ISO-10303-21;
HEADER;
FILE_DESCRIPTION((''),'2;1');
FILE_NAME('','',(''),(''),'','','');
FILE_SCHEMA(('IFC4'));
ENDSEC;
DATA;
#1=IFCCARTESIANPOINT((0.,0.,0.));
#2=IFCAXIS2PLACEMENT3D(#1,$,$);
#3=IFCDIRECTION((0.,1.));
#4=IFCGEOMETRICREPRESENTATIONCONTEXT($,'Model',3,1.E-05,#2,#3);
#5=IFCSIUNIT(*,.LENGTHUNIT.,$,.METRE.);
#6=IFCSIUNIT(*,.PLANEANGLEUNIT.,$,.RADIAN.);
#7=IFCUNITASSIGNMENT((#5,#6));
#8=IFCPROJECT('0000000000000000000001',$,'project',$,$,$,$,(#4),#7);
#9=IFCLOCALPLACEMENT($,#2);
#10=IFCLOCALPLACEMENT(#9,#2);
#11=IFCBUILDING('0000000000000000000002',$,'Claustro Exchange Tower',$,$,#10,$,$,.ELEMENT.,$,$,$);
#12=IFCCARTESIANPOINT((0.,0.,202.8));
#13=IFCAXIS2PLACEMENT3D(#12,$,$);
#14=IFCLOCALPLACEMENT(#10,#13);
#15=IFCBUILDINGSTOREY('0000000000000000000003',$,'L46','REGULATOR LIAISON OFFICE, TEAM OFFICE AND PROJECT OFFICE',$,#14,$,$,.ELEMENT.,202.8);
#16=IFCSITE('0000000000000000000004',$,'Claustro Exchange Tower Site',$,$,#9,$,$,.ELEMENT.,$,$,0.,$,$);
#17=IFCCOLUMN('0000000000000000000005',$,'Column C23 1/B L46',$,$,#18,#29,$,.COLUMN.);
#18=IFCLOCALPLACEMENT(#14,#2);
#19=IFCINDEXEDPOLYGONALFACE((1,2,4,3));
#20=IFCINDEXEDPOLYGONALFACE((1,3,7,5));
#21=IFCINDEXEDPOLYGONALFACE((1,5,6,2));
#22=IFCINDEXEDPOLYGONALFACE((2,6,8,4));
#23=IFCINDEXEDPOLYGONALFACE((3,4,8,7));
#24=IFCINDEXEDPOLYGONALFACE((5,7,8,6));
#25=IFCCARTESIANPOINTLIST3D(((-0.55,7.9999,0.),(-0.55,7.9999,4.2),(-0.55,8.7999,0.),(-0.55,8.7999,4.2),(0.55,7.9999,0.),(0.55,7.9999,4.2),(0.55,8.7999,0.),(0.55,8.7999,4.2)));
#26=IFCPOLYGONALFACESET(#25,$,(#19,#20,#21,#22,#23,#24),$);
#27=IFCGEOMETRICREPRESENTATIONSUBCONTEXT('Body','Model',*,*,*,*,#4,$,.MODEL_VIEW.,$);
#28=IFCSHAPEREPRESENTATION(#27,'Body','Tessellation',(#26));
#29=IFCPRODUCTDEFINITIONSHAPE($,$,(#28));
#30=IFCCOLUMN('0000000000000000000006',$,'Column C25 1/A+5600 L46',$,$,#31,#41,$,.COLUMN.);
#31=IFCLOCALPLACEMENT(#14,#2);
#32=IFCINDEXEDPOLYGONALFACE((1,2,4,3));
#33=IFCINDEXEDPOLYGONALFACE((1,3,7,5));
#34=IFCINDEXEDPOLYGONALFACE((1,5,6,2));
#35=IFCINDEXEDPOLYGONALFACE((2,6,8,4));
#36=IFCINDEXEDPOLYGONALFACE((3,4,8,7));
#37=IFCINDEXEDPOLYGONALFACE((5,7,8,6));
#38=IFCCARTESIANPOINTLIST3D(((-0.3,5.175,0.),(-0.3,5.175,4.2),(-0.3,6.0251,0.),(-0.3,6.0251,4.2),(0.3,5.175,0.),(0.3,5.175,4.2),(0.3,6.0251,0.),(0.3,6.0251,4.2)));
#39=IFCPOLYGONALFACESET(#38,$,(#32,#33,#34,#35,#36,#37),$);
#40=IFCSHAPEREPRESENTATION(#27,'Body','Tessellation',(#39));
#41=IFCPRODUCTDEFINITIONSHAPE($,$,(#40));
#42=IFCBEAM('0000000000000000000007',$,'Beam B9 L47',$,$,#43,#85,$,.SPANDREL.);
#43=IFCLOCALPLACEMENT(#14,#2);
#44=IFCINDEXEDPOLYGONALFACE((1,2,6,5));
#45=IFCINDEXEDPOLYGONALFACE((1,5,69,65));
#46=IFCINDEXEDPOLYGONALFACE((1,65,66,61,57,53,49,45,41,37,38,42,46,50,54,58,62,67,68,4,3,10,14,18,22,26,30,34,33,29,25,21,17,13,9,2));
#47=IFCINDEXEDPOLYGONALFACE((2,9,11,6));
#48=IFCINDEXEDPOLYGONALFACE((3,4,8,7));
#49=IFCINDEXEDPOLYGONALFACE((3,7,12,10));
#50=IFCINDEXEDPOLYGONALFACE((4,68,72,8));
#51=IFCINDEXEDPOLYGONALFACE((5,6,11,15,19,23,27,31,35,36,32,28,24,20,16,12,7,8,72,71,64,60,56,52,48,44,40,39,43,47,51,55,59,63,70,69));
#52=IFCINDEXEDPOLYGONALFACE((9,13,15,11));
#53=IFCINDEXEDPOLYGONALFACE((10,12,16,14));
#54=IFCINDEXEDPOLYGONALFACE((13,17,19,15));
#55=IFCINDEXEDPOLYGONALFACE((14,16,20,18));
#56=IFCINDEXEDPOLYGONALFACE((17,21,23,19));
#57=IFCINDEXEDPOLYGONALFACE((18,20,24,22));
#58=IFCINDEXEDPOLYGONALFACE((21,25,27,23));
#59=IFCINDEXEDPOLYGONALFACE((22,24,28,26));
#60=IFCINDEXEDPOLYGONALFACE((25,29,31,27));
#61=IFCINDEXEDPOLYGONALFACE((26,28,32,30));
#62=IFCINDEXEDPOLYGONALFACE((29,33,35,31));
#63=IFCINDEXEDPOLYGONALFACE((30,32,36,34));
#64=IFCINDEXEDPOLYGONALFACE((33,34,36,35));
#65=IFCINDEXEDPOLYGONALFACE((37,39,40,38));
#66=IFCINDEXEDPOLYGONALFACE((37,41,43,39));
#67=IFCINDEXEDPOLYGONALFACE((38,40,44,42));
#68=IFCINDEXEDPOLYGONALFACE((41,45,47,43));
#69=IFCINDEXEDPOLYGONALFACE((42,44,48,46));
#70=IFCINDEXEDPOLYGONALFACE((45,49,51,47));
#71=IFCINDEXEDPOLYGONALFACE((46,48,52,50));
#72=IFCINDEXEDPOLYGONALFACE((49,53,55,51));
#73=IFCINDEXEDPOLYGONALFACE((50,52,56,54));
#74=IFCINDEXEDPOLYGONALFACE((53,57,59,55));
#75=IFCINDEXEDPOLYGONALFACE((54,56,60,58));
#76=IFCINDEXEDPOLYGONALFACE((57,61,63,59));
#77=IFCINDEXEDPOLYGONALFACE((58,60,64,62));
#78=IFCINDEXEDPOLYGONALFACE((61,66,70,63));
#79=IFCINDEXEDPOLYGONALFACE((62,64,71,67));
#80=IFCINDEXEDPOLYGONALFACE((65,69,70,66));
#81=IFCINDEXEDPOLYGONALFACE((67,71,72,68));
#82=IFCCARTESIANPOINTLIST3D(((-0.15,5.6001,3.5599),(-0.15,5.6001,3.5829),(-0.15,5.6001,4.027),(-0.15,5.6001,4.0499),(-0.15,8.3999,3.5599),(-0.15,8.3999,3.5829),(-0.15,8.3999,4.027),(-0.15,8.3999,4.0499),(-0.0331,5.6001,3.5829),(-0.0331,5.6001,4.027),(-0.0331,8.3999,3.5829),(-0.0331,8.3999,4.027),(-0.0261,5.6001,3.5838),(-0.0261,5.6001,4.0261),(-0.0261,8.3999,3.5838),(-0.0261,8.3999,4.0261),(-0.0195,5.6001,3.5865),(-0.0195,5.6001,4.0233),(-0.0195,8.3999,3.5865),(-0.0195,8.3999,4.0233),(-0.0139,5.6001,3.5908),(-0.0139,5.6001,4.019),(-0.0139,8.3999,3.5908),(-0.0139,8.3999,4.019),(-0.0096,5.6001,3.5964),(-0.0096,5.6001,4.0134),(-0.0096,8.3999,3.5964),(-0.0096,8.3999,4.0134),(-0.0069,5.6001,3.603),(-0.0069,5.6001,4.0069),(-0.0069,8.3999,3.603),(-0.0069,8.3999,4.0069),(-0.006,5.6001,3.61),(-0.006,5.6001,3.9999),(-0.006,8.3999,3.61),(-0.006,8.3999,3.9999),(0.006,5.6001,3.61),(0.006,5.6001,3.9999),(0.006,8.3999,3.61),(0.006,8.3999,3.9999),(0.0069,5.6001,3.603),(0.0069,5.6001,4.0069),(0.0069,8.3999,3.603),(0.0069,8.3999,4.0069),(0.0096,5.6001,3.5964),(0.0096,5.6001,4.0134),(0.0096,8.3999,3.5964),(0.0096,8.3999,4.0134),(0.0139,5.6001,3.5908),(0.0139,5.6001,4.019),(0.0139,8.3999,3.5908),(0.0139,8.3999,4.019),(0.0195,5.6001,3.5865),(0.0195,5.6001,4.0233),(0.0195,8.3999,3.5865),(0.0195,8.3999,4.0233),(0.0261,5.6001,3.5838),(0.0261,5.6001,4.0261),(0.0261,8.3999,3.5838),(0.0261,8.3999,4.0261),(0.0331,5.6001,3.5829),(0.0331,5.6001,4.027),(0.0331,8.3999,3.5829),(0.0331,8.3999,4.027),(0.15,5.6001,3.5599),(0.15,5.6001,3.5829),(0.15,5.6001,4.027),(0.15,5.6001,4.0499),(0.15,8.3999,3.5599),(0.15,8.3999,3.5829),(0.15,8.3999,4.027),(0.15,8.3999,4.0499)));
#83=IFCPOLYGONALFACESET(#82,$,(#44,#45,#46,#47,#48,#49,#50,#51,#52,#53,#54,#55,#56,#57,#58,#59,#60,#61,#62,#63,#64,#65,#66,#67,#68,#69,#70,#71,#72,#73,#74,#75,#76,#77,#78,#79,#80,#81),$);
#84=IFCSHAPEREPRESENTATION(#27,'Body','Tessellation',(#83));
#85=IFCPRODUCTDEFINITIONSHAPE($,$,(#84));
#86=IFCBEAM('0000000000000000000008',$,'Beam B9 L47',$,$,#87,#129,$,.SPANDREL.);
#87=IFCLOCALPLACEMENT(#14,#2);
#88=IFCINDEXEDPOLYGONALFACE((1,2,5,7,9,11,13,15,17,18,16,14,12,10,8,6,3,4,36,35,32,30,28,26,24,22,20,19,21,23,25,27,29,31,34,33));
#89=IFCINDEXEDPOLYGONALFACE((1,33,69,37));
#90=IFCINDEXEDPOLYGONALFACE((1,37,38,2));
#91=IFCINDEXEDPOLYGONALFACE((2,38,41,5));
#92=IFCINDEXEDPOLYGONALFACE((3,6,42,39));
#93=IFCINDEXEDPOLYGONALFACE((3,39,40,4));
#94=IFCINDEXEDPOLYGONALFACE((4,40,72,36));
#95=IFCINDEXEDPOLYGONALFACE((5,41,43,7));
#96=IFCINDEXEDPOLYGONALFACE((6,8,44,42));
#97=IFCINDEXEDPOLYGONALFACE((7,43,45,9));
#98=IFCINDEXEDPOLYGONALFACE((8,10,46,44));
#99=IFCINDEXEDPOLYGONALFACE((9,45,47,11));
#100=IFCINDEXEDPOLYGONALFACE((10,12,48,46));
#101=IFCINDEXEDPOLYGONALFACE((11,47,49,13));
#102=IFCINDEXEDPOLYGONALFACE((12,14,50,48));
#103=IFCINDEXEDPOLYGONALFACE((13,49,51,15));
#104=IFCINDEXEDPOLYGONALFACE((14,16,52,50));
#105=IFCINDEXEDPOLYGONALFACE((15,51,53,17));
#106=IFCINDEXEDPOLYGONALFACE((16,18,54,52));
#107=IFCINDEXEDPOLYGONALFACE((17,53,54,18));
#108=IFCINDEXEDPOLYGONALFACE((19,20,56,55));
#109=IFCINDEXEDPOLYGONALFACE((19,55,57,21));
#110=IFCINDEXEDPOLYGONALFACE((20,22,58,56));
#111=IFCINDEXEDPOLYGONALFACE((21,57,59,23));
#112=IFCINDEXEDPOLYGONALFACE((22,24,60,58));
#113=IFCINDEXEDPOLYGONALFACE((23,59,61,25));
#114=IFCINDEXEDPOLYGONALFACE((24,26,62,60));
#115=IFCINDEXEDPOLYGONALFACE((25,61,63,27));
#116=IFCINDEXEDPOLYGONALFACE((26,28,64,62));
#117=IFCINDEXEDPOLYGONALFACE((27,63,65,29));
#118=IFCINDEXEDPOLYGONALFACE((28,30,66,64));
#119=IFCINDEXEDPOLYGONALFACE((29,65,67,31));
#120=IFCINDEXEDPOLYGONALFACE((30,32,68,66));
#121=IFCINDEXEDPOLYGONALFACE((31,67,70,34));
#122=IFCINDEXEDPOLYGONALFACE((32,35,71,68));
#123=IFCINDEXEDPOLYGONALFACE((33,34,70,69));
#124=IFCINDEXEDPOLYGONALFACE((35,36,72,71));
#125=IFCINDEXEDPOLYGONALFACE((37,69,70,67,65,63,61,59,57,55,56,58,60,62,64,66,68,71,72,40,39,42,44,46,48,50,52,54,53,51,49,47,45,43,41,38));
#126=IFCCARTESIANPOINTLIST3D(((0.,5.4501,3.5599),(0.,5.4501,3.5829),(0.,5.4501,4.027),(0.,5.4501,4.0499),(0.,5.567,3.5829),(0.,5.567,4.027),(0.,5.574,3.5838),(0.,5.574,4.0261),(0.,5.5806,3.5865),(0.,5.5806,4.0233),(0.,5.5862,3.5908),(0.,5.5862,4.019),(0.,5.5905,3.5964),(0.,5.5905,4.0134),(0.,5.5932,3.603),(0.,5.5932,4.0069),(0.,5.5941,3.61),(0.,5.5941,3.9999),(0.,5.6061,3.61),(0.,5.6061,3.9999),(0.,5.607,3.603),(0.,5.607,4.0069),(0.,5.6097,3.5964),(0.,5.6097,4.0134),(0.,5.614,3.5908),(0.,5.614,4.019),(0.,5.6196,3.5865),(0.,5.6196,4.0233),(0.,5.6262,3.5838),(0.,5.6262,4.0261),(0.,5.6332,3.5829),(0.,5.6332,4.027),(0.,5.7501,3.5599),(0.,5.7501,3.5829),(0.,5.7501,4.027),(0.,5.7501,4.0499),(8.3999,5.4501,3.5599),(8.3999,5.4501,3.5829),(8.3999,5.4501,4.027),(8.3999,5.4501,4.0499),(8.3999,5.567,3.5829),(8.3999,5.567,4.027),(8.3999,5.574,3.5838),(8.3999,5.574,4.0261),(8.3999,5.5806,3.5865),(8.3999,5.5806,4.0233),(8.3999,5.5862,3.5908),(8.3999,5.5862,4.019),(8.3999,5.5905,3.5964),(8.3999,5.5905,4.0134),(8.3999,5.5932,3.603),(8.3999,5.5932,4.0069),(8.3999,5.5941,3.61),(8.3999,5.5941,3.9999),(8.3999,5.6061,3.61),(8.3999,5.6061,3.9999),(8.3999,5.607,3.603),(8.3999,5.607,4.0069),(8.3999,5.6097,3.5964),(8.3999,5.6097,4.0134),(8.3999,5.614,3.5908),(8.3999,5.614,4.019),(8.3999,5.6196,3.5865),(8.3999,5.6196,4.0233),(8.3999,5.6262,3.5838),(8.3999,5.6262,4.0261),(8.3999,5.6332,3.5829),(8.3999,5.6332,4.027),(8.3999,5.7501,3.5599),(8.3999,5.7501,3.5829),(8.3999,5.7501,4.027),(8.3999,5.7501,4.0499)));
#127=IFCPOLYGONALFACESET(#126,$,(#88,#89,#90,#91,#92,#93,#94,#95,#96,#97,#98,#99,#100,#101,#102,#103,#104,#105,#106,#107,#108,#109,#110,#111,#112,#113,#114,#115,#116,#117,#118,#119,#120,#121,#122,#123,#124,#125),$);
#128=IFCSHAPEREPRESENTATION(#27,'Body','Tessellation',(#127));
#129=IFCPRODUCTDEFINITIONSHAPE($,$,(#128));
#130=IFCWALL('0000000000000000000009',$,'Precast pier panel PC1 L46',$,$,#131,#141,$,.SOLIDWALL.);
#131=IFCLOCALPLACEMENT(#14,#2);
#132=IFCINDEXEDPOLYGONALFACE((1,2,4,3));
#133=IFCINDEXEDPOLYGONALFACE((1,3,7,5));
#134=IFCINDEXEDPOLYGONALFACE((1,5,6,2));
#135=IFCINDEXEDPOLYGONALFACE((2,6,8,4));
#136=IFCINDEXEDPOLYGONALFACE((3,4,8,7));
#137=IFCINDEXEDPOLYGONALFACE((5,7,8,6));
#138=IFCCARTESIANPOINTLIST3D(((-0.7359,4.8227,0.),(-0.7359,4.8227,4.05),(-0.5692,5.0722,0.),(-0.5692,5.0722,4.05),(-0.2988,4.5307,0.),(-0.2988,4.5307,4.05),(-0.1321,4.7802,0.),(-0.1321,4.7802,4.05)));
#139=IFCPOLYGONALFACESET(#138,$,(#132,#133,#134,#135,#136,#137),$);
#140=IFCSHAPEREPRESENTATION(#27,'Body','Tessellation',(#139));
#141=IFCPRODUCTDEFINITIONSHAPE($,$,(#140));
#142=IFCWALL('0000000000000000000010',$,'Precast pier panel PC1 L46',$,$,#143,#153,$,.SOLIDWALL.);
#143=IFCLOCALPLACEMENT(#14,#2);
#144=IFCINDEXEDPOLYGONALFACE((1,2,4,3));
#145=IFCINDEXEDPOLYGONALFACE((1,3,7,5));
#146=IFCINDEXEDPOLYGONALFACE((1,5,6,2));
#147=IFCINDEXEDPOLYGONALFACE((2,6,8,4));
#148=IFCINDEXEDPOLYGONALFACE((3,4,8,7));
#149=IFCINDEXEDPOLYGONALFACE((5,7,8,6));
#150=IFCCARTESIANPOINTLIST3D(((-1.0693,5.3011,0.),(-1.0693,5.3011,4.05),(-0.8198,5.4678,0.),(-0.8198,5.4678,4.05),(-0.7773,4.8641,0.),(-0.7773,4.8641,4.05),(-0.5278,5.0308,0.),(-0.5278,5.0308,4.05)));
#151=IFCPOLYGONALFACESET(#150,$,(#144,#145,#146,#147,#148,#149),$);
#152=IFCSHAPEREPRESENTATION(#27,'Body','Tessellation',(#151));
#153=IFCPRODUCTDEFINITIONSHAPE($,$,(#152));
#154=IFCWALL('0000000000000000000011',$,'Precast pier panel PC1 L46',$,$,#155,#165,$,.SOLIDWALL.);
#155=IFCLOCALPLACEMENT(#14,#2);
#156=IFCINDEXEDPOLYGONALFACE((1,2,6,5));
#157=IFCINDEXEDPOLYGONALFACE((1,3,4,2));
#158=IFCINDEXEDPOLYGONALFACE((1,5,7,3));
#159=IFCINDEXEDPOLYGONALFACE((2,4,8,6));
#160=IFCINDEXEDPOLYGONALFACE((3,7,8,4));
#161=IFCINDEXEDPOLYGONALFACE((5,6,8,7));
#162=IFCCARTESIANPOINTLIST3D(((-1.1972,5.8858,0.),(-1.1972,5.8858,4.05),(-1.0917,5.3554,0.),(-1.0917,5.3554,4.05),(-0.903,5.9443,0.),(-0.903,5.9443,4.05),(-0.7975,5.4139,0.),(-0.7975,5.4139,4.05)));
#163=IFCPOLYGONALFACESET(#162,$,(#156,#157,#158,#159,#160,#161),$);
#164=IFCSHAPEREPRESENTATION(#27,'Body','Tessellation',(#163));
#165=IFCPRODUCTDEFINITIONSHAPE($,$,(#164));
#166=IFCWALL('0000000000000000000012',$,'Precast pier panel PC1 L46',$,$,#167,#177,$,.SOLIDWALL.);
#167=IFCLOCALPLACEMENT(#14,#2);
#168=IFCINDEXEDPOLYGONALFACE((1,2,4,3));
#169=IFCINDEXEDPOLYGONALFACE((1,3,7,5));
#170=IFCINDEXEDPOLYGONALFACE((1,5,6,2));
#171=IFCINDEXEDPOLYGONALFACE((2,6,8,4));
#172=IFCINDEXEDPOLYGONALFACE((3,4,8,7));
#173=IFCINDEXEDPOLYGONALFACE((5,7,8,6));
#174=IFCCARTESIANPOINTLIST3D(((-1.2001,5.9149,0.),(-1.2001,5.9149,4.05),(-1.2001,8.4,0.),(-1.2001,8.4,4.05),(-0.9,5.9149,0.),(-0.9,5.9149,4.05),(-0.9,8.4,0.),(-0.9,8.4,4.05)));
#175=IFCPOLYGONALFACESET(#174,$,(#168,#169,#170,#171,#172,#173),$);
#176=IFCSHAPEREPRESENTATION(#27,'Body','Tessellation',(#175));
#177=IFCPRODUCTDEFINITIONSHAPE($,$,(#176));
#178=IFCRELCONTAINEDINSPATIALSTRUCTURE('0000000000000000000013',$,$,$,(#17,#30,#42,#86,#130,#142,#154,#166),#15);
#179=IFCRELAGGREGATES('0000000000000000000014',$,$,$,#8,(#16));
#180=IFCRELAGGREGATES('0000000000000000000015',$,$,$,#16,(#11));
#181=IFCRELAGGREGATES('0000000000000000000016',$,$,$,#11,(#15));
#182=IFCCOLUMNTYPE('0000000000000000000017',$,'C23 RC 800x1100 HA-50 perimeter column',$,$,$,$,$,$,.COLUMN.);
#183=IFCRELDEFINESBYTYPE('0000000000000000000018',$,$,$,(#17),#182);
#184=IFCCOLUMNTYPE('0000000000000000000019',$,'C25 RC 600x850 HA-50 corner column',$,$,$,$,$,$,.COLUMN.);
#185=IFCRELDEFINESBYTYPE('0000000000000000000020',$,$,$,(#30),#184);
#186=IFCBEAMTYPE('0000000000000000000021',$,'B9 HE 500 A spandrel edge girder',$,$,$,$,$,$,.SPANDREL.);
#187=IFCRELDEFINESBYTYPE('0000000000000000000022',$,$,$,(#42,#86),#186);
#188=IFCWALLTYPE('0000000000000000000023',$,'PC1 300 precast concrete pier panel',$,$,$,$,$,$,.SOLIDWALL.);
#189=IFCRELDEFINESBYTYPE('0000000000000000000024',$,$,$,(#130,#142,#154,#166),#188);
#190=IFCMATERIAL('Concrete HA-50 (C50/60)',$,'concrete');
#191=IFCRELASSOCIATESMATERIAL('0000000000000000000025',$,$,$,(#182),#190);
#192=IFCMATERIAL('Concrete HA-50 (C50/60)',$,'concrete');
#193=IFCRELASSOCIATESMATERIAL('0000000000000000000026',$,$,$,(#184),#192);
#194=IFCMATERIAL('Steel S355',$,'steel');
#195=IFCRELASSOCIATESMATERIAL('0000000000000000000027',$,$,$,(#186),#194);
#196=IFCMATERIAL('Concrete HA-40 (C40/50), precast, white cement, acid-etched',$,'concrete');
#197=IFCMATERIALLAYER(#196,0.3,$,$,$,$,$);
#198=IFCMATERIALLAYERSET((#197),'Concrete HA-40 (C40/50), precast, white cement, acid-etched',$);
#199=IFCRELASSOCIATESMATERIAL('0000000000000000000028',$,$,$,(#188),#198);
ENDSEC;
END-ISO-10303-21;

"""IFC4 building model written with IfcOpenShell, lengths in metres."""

from ifc_helpers import new_model, si_unit, direction, frame, frame_2d, origin, origin_2d, place, context, subcontext, project, spatial, rectangle, i_section, extrude, material, layer, layer_set, material_profile, profile_set, type_object, element, save


model = new_model("IFC4")

# Units and contexts
model_context = context("Model", 3, precision=1e-05, world=origin(), true_north=direction((0.0, 1.0)))
body_context = subcontext(model_context, "Body", "Model", "MODEL_VIEW")
ifc_project = project(units=[si_unit("LENGTHUNIT", "METRE"), si_unit("PLANEANGLEUNIT", "RADIAN")], contexts=[model_context])

# Site, building, storey
site_placement = place(None, origin())
site = spatial("IfcSite", under=ifc_project, at=site_placement, Name="Claustro Exchange Tower Site", CompositionType="ELEMENT", RefElevation=0.0)
building_placement = place(site_placement, origin())
building = spatial("IfcBuilding", under=site, at=building_placement, Name="Claustro Exchange Tower", CompositionType="ELEMENT")
storey_placement = place(building_placement, frame((0.0, 0.0, 202.8)))
storey = spatial("IfcBuildingStorey", under=building, at=storey_placement, Name="L46", Description="REGULATOR LIAISON OFFICE, TEAM OFFICE AND PROJECT OFFICE", CompositionType="ELEMENT", Elevation=202.8)

# Columns
ifc_material_1 = material(Name="Concrete HA-50 (C50/60)", Category="concrete")
ifc_material_profile_1 = material_profile(ifc_material_1, rectangle(XDim=0.8, YDim=1.1001, at=origin_2d()), Name="RC 800x1100")
ifc_profile_set_1 = profile_set([ifc_material_profile_1], Name="Concrete HA-50 (C50/60)")
column_type_1 = type_object("IfcColumnType", Name="C23 RC 800x1100 HA-50 perimeter column", PredefinedType="COLUMN", material=ifc_profile_set_1)
column_1_placement = place(storey_placement, frame((0.0, 8.3999, 0.0), z_axis=(0.0, 0.0, 1.0), x_axis=(0.0, 1.0, 0.0)))
element("IfcColumn", 1, at=column_1_placement, inside=storey, type_object=column_type_1, Name="Column C23 1/B L46", PredefinedType="COLUMN", context=body_context, shape_type="SweptSolid", body=[
    extrude(rectangle(XDim=0.8, YDim=1.1001, at=origin_2d()), origin(), (0.0, 0.0, 1.0), 4.2),
])
ifc_material_2 = material(Name="Concrete HA-50 (C50/60)", Category="concrete")
ifc_material_profile_2 = material_profile(ifc_material_2, rectangle(XDim=0.6001, YDim=0.8501, at=origin_2d()), Name="RC 600x850")
ifc_profile_set_2 = profile_set([ifc_material_profile_2], Name="Concrete HA-50 (C50/60)")
column_type_2 = type_object("IfcColumnType", Name="C25 RC 600x850 HA-50 corner column", PredefinedType="COLUMN", material=ifc_profile_set_2)
column_2_placement = place(storey_placement, frame((0.0, 5.6001, 0.0), z_axis=(0.0, 0.0, 1.0), x_axis=(1.0, 0.0, 0.0)))
element("IfcColumn", 2, at=column_2_placement, inside=storey, type_object=column_type_2, Name="Column C25 1/A+5600 L46", PredefinedType="COLUMN", context=body_context, shape_type="SweptSolid", body=[
    extrude(rectangle(XDim=0.6001, YDim=0.8501, at=origin_2d()), origin(), (0.0, 0.0, 1.0), 4.2),
])

# Beams
ifc_material_3 = material(Name="Steel S355", Category="steel")
ifc_material_profile_3 = material_profile(ifc_material_3, i_section(OverallWidth=0.3, OverallDepth=0.49, WebThickness=0.012, FlangeThickness=0.0229, FilletRadius=0.0271, at=origin_2d()), Name="HE 500 A")
ifc_profile_set_3 = profile_set([ifc_material_profile_3], Name="Steel S355")
beam_type = type_object("IfcBeamType", Name="B9 HE 500 A spandrel edge girder", PredefinedType="SPANDREL", material=ifc_profile_set_3)
beam_1_placement = place(storey_placement, frame((0.0, 5.6001, 3.8049), z_axis=(0.0, 1.0, 0.0), x_axis=(-1.0, 0.0, 0.0)))
element("IfcBeam", 3, at=beam_1_placement, inside=storey, type_object=beam_type, Name="Beam B9 L47", PredefinedType="SPANDREL", context=body_context, shape_type="SweptSolid", body=[
    extrude(i_section(OverallWidth=0.3, OverallDepth=0.49, WebThickness=0.012, FlangeThickness=0.0229, FilletRadius=0.0271, at=origin_2d()), origin(), (0.0, 0.0, 1.0), 2.7998),
])
beam_2_placement = place(storey_placement, frame((0.0, 5.6001, 3.8049), z_axis=(1.0, 0.0, 0.0), x_axis=(0.0, 1.0, 0.0)))
element("IfcBeam", 4, at=beam_2_placement, inside=storey, type_object=beam_type, Name="Beam B9 L47", PredefinedType="SPANDREL", context=body_context, shape_type="SweptSolid", body=[
    extrude(i_section(OverallWidth=0.3, OverallDepth=0.49, WebThickness=0.012, FlangeThickness=0.0229, FilletRadius=0.0271, at=origin_2d()), origin(), (0.0, 0.0, 1.0), 8.3999),
])

# Walls
ifc_material_4 = material(Name="Concrete HA-40 (C40/50), precast, white cement, acid-etched", Category="concrete")
ifc_layer_1 = layer(ifc_material_4, 0.3)
ifc_layer_set_1 = layer_set([ifc_layer_1], Name="Concrete HA-40 (C40/50), precast, white cement, acid-etched")
wall_type_1 = type_object("IfcWallType", Name="PC1 300 precast concrete pier panel", PredefinedType="SOLIDWALL", material=ifc_layer_set_1)
for number, where, z_axis, x_axis, name in (
    (5, (-0.2156, 4.6555, 0.0), (0.0, 0.0, 1.0), (-0.831478, 0.555557, 0.0), "Precast pier panel PC1 L46"),
    (6, (-0.6526, 4.9475, 0.0), (0.0, 0.0, 1.0), (-0.555557, 0.831478, 0.0), "Precast pier panel PC1 L46"),
):
    element("IfcWall", number, at=place(storey_placement, frame(where, z_axis=z_axis, x_axis=x_axis)), inside=storey, type_object=wall_type_1, Name=name, PredefinedType="SOLIDWALL", context=body_context, shape_type="SweptSolid", body=[
        extrude(rectangle(XDim=0.5256, YDim=0.3, at=frame_2d((0.2627, 0.0))), origin(), (0.0, 0.0, 1.0), 4.05),
    ])
wall_1_placement = place(storey_placement, frame((-0.9446, 5.3845, 0.0), z_axis=(0.0, 0.0, 1.0), x_axis=(-0.195074, 0.980789, 0.0)))
element("IfcWall", 7, at=wall_1_placement, inside=storey, type_object=wall_type_1, Name="Precast pier panel PC1 L46", PredefinedType="SOLIDWALL", context=body_context, shape_type="SweptSolid", body=[
    extrude(rectangle(XDim=0.5408, YDim=0.3, at=frame_2d((0.2705, 0.0))), origin(), (0.0, 0.0, 1.0), 4.05),
])
wall_2_placement = place(storey_placement, frame((-1.05, 5.9148, 0.0), z_axis=(0.0, 0.0, 1.0), x_axis=(0.0, 1.0, 0.0)))
element("IfcWall", 8, at=wall_2_placement, inside=storey, type_object=wall_type_1, Name="Precast pier panel PC1 L46", PredefinedType="SOLIDWALL", context=body_context, shape_type="SweptSolid", body=[
    extrude(rectangle(XDim=2.4851, YDim=0.3, at=frame_2d((1.2427, 0.0))), origin(), (0.0, 0.0, 1.0), 4.05),
])

save(model, "model.ifc")
